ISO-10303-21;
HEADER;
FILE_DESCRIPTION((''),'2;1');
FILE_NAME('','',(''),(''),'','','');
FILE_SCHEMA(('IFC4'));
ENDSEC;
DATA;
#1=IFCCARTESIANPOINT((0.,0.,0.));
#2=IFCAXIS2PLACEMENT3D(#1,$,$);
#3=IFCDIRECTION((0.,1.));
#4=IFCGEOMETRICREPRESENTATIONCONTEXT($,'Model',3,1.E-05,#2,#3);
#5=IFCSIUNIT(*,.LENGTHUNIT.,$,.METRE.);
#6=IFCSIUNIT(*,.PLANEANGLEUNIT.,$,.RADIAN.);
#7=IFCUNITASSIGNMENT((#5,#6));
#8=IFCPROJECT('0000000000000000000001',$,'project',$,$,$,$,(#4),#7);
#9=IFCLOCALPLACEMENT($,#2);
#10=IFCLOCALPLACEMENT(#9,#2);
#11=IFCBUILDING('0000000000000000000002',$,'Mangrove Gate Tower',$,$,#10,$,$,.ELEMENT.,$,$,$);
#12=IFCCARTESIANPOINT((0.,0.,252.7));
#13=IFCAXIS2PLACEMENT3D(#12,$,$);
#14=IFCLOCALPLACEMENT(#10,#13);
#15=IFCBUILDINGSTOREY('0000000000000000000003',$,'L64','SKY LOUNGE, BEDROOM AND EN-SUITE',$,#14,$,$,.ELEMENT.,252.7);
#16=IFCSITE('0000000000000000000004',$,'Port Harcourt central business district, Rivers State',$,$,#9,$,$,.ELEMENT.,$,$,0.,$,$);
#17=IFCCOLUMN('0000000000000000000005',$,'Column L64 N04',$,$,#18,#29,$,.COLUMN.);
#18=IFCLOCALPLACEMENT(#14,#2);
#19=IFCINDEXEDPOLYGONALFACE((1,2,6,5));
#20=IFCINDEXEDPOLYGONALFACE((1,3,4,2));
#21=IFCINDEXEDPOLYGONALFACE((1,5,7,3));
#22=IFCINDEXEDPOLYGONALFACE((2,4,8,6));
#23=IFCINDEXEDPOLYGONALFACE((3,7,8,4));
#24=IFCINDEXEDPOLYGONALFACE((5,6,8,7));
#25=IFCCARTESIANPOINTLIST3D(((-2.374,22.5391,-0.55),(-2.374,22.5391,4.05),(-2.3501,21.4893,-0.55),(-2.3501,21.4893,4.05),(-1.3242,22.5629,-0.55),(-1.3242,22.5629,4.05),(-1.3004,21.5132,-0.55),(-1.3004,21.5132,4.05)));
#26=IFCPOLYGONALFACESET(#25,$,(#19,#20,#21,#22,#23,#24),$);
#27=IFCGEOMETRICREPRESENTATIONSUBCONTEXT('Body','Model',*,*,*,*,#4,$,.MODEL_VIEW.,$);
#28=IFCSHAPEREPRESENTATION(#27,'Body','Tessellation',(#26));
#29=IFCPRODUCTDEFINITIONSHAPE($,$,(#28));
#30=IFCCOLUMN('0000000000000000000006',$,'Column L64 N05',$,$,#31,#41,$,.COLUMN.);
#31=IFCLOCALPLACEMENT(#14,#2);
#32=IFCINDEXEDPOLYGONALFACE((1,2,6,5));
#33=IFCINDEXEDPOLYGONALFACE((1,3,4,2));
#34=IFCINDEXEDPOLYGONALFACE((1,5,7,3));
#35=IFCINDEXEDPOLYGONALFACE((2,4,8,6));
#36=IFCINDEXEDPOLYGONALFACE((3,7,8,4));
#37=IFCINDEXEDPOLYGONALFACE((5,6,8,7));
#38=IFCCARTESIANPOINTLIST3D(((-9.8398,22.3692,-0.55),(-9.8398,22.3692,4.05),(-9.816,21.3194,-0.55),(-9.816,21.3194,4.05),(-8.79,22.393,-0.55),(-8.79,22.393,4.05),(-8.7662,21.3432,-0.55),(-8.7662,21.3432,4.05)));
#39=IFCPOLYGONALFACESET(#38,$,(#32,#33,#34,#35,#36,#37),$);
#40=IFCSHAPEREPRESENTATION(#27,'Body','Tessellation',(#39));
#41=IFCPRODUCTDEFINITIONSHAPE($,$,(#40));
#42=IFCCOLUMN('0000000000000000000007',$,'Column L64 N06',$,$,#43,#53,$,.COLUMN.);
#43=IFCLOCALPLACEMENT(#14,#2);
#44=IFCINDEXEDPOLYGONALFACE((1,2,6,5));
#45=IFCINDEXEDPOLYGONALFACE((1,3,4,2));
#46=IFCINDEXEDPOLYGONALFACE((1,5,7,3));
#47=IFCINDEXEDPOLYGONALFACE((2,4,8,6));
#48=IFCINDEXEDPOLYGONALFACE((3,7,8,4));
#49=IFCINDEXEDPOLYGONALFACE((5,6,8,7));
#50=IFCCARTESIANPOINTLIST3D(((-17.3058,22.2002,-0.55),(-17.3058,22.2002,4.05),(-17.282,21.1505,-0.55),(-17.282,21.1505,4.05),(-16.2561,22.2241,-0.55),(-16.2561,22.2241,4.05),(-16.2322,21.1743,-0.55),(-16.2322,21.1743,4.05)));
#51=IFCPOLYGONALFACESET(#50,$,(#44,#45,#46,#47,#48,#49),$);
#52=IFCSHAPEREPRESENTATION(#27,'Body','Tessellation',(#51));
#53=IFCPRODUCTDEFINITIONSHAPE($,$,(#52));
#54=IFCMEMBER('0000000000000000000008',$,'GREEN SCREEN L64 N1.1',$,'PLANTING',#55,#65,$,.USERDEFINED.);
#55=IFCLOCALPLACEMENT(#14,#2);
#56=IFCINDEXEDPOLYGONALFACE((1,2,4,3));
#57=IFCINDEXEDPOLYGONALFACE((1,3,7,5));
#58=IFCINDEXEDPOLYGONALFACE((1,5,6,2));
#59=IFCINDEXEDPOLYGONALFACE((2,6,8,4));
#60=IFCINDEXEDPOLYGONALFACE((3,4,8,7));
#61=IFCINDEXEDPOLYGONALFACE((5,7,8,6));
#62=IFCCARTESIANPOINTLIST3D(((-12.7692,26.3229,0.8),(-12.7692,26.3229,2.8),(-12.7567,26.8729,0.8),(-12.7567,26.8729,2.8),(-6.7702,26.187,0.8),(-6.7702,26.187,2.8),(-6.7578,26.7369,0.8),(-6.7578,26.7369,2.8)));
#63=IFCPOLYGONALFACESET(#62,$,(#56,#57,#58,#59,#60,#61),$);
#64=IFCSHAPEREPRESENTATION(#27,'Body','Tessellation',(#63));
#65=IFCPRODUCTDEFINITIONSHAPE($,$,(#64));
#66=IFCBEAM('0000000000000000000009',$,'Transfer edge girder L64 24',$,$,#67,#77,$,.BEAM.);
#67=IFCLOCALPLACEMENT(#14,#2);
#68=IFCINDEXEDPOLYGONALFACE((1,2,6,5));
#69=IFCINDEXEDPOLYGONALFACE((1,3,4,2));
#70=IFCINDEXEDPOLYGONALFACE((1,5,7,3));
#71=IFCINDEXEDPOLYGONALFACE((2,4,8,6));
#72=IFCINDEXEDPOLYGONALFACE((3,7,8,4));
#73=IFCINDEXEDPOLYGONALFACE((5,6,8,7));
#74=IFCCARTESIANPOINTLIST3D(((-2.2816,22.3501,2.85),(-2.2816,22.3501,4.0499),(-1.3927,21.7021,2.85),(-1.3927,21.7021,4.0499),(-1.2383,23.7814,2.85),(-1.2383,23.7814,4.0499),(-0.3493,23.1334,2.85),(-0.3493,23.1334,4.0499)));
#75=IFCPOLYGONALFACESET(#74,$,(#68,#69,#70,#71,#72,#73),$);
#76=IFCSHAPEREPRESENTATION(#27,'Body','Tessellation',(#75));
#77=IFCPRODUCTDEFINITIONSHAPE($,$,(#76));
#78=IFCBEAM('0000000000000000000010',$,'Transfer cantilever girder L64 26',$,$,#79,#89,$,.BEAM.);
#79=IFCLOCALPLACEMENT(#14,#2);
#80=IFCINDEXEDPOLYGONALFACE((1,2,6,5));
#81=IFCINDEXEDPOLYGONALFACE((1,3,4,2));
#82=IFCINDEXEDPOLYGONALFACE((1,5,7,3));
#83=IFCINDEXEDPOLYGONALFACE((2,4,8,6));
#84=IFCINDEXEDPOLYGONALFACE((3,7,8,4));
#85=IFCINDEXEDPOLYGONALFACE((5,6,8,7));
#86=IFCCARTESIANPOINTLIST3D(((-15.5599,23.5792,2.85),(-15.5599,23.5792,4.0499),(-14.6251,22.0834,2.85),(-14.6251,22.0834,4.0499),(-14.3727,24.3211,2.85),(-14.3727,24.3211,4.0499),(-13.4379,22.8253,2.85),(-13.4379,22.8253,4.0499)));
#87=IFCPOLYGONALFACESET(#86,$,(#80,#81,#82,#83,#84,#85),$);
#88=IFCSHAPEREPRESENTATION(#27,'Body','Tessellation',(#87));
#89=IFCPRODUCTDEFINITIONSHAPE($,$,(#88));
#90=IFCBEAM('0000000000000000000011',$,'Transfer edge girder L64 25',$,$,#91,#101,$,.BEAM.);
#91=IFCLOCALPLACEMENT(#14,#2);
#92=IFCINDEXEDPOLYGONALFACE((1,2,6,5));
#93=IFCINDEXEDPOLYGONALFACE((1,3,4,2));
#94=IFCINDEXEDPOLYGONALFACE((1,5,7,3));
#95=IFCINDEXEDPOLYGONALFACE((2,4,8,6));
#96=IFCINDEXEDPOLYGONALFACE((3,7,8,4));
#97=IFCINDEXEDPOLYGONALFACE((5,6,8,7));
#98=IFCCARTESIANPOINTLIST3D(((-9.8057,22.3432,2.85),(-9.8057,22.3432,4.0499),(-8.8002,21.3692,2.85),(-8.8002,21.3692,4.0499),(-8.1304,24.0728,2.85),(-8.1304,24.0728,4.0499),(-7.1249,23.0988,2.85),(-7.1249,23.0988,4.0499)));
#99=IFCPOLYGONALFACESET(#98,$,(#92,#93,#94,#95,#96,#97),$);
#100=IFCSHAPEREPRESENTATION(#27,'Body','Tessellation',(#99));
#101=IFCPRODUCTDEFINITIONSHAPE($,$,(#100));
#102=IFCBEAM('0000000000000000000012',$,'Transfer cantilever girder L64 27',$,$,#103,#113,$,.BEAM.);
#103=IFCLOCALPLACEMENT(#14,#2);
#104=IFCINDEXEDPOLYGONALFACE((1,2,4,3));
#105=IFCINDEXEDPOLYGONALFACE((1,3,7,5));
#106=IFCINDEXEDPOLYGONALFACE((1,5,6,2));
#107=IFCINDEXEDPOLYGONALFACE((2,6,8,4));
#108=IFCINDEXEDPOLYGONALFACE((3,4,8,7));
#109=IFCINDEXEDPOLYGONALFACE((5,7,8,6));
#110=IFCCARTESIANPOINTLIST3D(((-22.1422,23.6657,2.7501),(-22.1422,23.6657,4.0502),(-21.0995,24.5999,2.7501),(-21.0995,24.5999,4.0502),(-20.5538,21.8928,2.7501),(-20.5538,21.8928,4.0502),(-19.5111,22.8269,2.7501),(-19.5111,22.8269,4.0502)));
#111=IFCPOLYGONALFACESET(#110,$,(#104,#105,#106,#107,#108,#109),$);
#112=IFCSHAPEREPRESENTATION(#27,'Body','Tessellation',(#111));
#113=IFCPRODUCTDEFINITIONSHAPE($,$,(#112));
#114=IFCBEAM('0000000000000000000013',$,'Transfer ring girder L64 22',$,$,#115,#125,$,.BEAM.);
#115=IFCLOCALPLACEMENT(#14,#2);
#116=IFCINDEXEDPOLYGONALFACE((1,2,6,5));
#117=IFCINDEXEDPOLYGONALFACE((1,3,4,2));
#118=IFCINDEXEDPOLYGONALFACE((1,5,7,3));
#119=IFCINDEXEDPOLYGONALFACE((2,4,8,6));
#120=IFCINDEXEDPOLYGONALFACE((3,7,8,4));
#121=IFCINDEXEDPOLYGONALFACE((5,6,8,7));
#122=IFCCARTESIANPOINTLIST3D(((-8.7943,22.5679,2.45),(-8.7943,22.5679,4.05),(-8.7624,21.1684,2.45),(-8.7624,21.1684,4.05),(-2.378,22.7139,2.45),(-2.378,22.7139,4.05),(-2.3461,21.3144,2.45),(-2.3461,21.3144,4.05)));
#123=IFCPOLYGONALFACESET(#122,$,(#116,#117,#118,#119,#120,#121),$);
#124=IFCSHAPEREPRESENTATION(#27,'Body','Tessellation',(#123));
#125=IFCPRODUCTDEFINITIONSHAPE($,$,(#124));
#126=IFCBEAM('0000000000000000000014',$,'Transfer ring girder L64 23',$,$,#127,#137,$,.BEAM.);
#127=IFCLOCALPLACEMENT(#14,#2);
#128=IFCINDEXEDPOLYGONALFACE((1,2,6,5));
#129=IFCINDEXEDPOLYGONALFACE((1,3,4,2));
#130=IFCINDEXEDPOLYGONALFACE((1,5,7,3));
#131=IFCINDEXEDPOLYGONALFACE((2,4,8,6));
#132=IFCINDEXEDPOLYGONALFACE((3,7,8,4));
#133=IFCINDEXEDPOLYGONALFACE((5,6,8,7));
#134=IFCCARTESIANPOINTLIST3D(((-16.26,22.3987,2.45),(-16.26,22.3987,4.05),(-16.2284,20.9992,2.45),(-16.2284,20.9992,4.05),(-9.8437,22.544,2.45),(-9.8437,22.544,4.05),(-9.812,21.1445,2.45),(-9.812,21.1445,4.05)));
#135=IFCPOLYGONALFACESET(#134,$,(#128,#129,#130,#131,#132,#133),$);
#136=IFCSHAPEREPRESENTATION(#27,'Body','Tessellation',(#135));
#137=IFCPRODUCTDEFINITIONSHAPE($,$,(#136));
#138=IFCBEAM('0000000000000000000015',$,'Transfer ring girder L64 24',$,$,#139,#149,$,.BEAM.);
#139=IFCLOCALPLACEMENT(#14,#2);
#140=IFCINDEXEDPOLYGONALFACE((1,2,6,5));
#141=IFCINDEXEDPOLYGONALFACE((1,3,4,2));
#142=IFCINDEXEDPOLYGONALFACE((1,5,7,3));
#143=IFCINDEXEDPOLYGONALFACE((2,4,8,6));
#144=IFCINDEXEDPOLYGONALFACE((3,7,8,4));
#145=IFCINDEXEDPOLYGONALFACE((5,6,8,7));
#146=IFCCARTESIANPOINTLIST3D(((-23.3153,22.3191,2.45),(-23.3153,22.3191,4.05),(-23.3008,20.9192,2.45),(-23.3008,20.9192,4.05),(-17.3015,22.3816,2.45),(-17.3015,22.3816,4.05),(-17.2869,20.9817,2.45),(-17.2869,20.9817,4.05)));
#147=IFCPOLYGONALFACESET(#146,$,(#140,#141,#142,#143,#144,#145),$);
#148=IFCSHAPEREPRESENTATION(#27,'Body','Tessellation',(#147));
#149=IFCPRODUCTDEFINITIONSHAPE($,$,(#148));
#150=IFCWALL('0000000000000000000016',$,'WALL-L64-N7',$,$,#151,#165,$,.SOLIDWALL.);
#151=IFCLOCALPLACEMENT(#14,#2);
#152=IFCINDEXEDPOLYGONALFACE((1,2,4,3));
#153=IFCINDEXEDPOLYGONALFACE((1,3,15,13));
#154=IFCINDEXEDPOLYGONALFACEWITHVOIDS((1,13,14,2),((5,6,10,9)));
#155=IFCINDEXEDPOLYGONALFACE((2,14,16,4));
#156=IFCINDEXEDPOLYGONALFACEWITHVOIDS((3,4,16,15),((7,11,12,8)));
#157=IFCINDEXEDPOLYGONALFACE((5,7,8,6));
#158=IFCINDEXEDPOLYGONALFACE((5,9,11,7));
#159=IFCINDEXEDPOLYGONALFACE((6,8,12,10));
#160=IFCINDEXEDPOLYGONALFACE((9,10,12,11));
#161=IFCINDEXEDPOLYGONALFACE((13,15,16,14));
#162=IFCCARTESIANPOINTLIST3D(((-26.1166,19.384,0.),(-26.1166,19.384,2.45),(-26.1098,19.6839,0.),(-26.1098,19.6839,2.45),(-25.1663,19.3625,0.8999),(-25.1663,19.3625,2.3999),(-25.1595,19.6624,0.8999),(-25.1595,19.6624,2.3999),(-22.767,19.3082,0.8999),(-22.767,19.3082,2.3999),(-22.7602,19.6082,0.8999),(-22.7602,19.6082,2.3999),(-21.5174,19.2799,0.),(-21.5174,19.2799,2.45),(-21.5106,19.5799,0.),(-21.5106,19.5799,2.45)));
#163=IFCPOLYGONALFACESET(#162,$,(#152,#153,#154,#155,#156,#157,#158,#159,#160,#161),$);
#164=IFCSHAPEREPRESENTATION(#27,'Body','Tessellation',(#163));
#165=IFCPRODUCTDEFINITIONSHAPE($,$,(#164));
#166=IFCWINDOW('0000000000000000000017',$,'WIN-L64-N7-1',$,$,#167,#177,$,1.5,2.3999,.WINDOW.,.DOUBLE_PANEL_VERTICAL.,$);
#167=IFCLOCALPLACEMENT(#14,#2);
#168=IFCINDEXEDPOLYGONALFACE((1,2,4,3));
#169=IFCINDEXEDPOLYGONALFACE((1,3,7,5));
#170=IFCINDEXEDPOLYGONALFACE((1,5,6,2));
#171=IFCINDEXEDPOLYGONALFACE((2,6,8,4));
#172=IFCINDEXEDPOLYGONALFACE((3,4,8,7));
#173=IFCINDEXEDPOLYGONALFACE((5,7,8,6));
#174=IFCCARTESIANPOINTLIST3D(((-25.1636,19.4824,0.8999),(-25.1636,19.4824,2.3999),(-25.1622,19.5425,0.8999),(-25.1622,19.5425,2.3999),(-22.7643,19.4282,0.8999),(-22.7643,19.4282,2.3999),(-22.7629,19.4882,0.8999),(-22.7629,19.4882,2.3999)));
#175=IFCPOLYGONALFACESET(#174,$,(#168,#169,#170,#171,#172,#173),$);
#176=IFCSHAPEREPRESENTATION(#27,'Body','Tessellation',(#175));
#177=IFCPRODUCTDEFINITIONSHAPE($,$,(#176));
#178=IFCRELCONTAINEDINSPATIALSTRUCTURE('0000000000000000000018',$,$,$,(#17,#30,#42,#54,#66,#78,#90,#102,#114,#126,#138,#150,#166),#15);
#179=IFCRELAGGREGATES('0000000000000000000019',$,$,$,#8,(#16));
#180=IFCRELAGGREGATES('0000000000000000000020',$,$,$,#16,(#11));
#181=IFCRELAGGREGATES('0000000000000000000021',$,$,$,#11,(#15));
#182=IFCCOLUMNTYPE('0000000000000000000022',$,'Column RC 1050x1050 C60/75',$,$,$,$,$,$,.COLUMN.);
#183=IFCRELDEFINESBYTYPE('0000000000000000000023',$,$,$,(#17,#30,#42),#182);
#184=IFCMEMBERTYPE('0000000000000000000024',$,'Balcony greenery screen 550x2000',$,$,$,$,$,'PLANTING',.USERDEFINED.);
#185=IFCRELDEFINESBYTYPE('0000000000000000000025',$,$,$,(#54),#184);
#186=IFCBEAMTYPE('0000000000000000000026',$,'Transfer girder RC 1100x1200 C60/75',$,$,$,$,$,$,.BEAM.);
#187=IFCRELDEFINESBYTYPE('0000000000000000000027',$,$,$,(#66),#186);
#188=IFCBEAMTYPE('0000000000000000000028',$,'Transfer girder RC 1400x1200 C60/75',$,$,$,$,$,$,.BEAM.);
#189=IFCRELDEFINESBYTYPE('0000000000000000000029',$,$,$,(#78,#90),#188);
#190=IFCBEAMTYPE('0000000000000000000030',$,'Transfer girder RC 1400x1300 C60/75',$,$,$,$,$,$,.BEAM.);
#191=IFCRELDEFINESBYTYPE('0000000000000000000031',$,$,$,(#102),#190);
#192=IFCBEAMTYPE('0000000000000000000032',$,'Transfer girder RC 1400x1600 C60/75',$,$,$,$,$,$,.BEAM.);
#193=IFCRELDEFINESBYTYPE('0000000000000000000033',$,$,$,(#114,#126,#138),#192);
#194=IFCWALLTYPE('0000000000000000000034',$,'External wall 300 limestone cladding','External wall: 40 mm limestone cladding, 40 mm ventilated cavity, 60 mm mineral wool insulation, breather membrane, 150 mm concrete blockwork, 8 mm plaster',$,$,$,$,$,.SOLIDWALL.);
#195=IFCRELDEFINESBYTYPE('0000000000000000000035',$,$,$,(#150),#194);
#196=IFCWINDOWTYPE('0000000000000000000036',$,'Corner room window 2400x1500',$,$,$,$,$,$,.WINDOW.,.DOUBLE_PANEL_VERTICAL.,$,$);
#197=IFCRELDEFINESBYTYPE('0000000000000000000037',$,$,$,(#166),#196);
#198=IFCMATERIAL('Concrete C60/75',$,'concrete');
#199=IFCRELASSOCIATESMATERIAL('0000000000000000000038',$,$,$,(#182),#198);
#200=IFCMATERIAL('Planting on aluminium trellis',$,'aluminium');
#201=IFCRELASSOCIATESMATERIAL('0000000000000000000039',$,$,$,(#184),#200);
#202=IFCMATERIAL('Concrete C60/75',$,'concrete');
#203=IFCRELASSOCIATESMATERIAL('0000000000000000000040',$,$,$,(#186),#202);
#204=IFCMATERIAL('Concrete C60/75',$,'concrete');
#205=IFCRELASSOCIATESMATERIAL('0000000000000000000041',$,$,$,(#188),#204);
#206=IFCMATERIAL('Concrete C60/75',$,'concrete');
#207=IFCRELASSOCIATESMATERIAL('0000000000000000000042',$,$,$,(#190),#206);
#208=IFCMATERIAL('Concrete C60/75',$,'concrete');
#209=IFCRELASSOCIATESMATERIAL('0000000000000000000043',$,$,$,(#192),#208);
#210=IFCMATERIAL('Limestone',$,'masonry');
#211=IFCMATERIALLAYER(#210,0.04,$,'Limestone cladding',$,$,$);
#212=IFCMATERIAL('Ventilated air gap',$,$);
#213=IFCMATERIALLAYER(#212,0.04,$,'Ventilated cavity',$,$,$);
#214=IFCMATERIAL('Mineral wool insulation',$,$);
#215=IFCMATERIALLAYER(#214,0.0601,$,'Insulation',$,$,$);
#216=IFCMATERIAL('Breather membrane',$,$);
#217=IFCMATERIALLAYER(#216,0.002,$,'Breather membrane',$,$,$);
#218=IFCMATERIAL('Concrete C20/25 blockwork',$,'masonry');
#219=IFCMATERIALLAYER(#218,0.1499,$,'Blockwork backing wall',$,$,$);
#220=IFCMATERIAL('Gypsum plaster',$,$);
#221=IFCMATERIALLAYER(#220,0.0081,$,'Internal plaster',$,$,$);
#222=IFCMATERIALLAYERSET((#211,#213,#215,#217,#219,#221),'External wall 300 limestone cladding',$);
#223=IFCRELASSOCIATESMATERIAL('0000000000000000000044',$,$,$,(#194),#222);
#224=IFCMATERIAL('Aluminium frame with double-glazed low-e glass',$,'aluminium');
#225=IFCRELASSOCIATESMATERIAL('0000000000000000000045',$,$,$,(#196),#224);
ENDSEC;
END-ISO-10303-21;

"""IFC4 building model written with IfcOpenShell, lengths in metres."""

from ifc_helpers import new_model, si_unit, direction, frame, frame_2d, origin, origin_2d, place, context, subcontext, project, spatial, rectangle, extrude, material, layer, layer_set, material_profile, profile_set, type_object, element, fill, save


model = new_model("IFC4")

# Units and contexts
model_context = context("Model", 3, precision=1e-05, world=origin(), true_north=direction((0.0, 1.0)))
body_context = subcontext(model_context, "Body", "Model", "MODEL_VIEW")
ifc_project = project(units=[si_unit("LENGTHUNIT", "METRE"), si_unit("PLANEANGLEUNIT", "RADIAN")], contexts=[model_context])

# Site, building, storey
site_placement = place(None, origin())
site = spatial("IfcSite", under=ifc_project, at=site_placement, Name="Port Harcourt central business district, Rivers State", CompositionType="ELEMENT", RefElevation=0.0)
building_placement = place(site_placement, origin())
building = spatial("IfcBuilding", under=site, at=building_placement, Name="Mangrove Gate Tower", CompositionType="ELEMENT")
storey_placement = place(building_placement, frame((0.0, 0.0, 252.7)))
storey = spatial("IfcBuildingStorey", under=building, at=storey_placement, Name="L64", Description="SKY LOUNGE, BEDROOM AND EN-SUITE", CompositionType="ELEMENT", Elevation=252.7)

# Columns
ifc_material_1 = material(Name="Concrete C60/75", Category="concrete")
ifc_material_profile_1 = material_profile(ifc_material_1, rectangle(XDim=1.05, YDim=1.05, at=origin_2d()))
ifc_profile_set_1 = profile_set([ifc_material_profile_1], Name="Concrete C60/75")
column_type = type_object("IfcColumnType", Name="Column RC 1050x1050 C60/75", PredefinedType="COLUMN", material=ifc_profile_set_1)
for number, where, z_axis, x_axis, name in (
    (1, (-1.8372, 22.0261, -0.55), (0.0, 0.0, 1.0), (-0.999742, -0.022697, 0.0), "Column L64 N04"),
    (2, (-9.303, 21.8562, -0.55), (0.0, 0.0, 1.0), (-0.999742, -0.022697, 0.0), "Column L64 N05"),
    (3, (-16.769, 21.6873, -0.55), (0.0, 0.0, 1.0), (-0.999742, -0.022697, 0.0), "Column L64 N06"),
):
    element("IfcColumn", number, at=place(storey_placement, frame(where, z_axis=z_axis, x_axis=x_axis)), inside=storey, type_object=column_type, Name=name, PredefinedType="COLUMN", context=body_context, shape_type="SweptSolid", body=[
        extrude(rectangle(XDim=1.05, YDim=1.05, at=origin_2d()), origin(), (0.0, 0.0, 1.0), 4.6001),
    ])

# Member
ifc_material_2 = material(Name="Planting on aluminium trellis", Category="aluminium")
ifc_material_profile_2 = material_profile(ifc_material_2, rectangle(XDim=0.55, YDim=2.0, at=origin_2d()))
ifc_profile_set_2 = profile_set([ifc_material_profile_2], Name="Planting on aluminium trellis")
member_type = type_object("IfcMemberType", Name="Balcony greenery screen 550x2000", ElementType="PLANTING", PredefinedType="USERDEFINED", material=ifc_profile_set_2)
member_placement = place(storey_placement, frame((-12.7629, 26.5979, 1.8), z_axis=(0.999743, -0.022662, 0.0), x_axis=(0.022662, 0.999743, 0.0)))
element("IfcMember", 4, at=member_placement, inside=storey, type_object=member_type, Name="GREEN SCREEN L64 N1.1", ObjectType="PLANTING", PredefinedType="USERDEFINED", context=body_context, shape_type="SweptSolid", body=[
    extrude(rectangle(XDim=0.55, YDim=2.0, at=origin_2d()), origin(), (0.0, 0.0, 1.0), 6.0005),
])

# Beams
ifc_material_3 = material(Name="Concrete C60/75", Category="concrete")
ifc_material_profile_3 = material_profile(ifc_material_3, rectangle(XDim=1.1001, YDim=1.2, at=origin_2d()))
ifc_profile_set_3 = profile_set([ifc_material_profile_3], Name="Concrete C60/75")
beam_type_1 = type_object("IfcBeamType", Name="Transfer girder RC 1100x1200 C60/75", PredefinedType="BEAM", material=ifc_profile_set_3)
beam_1_placement = place(storey_placement, frame((-1.8372, 22.0261, 3.45), z_axis=(0.589073, 0.80808, 0.0), x_axis=(-0.80808, 0.589073, 0.0)))
element("IfcBeam", 5, at=beam_1_placement, inside=storey, type_object=beam_type_1, Name="Transfer edge girder L64 24", PredefinedType="BEAM", context=body_context, shape_type="SweptSolid", body=[
    extrude(rectangle(XDim=1.1001, YDim=1.2, at=origin_2d()), origin(), (0.0, 0.0, 1.0), 1.7712),
])
ifc_material_4 = material(Name="Concrete C60/75", Category="concrete")
ifc_material_profile_4 = material_profile(ifc_material_4, rectangle(XDim=1.3999, YDim=1.2, at=origin_2d()))
ifc_profile_set_4 = profile_set([ifc_material_profile_4], Name="Concrete C60/75")
beam_type_2 = type_object("IfcBeamType", Name="Transfer girder RC 1400x1200 C60/75", PredefinedType="BEAM", material=ifc_profile_set_4)
beam_2_placement = place(storey_placement, frame((-14.0315, 22.4543, 3.45), z_axis=(-0.529962, 0.848022, 0.0), x_axis=(-0.848022, -0.529962, 0.0)))
element("IfcBeam", 6, at=beam_2_placement, inside=storey, type_object=beam_type_2, Name="Transfer cantilever girder L64 26", PredefinedType="BEAM", context=body_context, shape_type="SweptSolid", body=[
    extrude(rectangle(XDim=1.3999, YDim=1.2, at=origin_2d()), origin(), (0.0, 0.0, 1.0), 1.7639),
])
beam_3_placement = place(storey_placement, frame((-9.303, 21.8562, 3.45), z_axis=(0.695763, 0.718272, 0.0), x_axis=(-0.718272, 0.695763, 0.0)))
element("IfcBeam", 7, at=beam_3_placement, inside=storey, type_object=beam_type_2, Name="Transfer edge girder L64 25", PredefinedType="BEAM", context=body_context, shape_type="SweptSolid", body=[
    extrude(rectangle(XDim=1.3999, YDim=1.2, at=origin_2d()), origin(), (0.0, 0.0, 1.0), 2.408),
])
ifc_material_5 = material(Name="Concrete C60/75", Category="concrete")
ifc_material_profile_5 = material_profile(ifc_material_5, rectangle(XDim=1.3999, YDim=1.3, at=origin_2d()))
ifc_profile_set_5 = profile_set([ifc_material_profile_5], Name="Concrete C60/75")
beam_type_3 = type_object("IfcBeamType", Name="Transfer girder RC 1400x1300 C60/75", PredefinedType="BEAM", material=ifc_profile_set_5)
beam_4_placement = place(storey_placement, frame((-20.0325, 22.3599, 3.4001), z_axis=(-0.667274, 0.744812, 0.0), x_axis=(-0.744812, -0.667274, 0.0)))
element("IfcBeam", 8, at=beam_4_placement, inside=storey, type_object=beam_type_3, Name="Transfer cantilever girder L64 27", PredefinedType="BEAM", context=body_context, shape_type="SweptSolid", body=[
    extrude(rectangle(XDim=1.3999, YDim=1.3, at=origin_2d()), origin(), (0.0, 0.0, 1.0), 2.3804),
])
ifc_material_6 = material(Name="Concrete C60/75", Category="concrete")
ifc_material_profile_6 = material_profile(ifc_material_6, rectangle(XDim=1.3999, YDim=1.6001, at=origin_2d()))
ifc_profile_set_6 = profile_set([ifc_material_profile_6], Name="Concrete C60/75")
beam_type_4 = type_object("IfcBeamType", Name="Transfer girder RC 1400x1600 C60/75", PredefinedType="BEAM", material=ifc_profile_set_6)
for number, where, z_axis, x_axis, name in (
    (9, (-2.3621, 22.0142, 3.25), (-0.999741, -0.022748, 0.0), (0.022748, -0.999741, 0.0), "Transfer ring girder L64 22"),
    (10, (-9.8279, 21.8442, 3.25), (-0.999744, -0.022634, 0.0), (0.022634, -0.999744, 0.0), "Transfer ring girder L64 23"),
):
    element("IfcBeam", number, at=place(storey_placement, frame(where, z_axis=z_axis, x_axis=x_axis)), inside=storey, type_object=beam_type_4, Name=name, PredefinedType="BEAM", context=body_context, shape_type="SweptSolid", body=[
        extrude(rectangle(XDim=1.3999, YDim=1.6001, at=origin_2d()), origin(), (0.0, 0.0, 1.0), 6.418),
    ])
beam_5_placement = place(storey_placement, frame((-17.2942, 21.6816, 3.25), z_axis=(-0.999946, -0.010392, 0.0), x_axis=(0.010392, -0.999946, 0.0)))
element("IfcBeam", 11, at=beam_5_placement, inside=storey, type_object=beam_type_4, Name="Transfer ring girder L64 24", PredefinedType="BEAM", context=body_context, shape_type="SweptSolid", body=[
    extrude(rectangle(XDim=1.3999, YDim=1.6001, at=origin_2d()), origin(), (0.0, 0.0, 1.0), 6.0142),
])

# Shared definitions
ifc_material_7 = material(Name="Limestone", Category="masonry")
ifc_layer_1 = layer(ifc_material_7, 0.04, Name="Limestone cladding")
ifc_material_8 = material(Name="Ventilated air gap")
ifc_layer_2 = layer(ifc_material_8, 0.04, Name="Ventilated cavity")
ifc_material_9 = material(Name="Mineral wool insulation")
ifc_layer_3 = layer(ifc_material_9, 0.0601, Name="Insulation")
ifc_material_10 = material(Name="Breather membrane")
ifc_layer_4 = layer(ifc_material_10, 0.002, Name="Breather membrane")
ifc_material_11 = material(Name="Concrete C20/25 blockwork", Category="masonry")
ifc_layer_5 = layer(ifc_material_11, 0.1499, Name="Blockwork backing wall")
ifc_material_12 = material(Name="Gypsum plaster")
ifc_layer_6 = layer(ifc_material_12, 0.0081, Name="Internal plaster")
ifc_layer_set_1 = layer_set([ifc_layer_1, ifc_layer_2, ifc_layer_3, ifc_layer_4, ifc_layer_5, ifc_layer_6], Name="External wall 300 limestone cladding")
wall_type_1 = type_object("IfcWallType", Name="External wall 300 limestone cladding", Description="External wall: 40 mm limestone cladding, 40 mm ventilated cavity, 60 mm mineral wool insulation, breather membrane, 150 mm concrete blockwork, 8 mm plaster", PredefinedType="SOLIDWALL", material=ifc_layer_set_1)

# Wall, opening, window
wall_1_placement = place(storey_placement, frame((-21.5139, 19.4299, 0.0), z_axis=(0.0, 0.0, 1.0), x_axis=(-0.999744, 0.022608, 0.0)))
wall_1 = element("IfcWall", 12, at=wall_1_placement, inside=storey, type_object=wall_type_1, Name="WALL-L64-N7", PredefinedType="SOLIDWALL", context=body_context, shape_type="SweptSolid", body=[
    extrude(rectangle(XDim=4.6003, YDim=0.3, at=frame_2d((2.3003, 0.0))), origin(), (0.0, 0.0, 1.0), 2.45),
])
opening_1_placement = place(wall_1_placement, frame((1.25, 0.0, 0.8999)))
opening_1 = element("IfcOpeningElement", 13, at=opening_1_placement, cuts=wall_1, PredefinedType="OPENING", context=body_context, shape_type="SweptSolid", body=[
    extrude(rectangle(XDim=2.3999, YDim=1.5, at=frame_2d((1.2, 0.75))), frame((0.0, 0.1599, 0.0), z_axis=(0.0, -1.0, 0.0), x_axis=(1.0, 0.0, 0.0)), (0.0, 0.0, 1.0), 0.3201),
])
ifc_material_13 = material(Name="Aluminium frame with double-glazed low-e glass", Category="aluminium")
window_type = type_object("IfcWindowType", Name="Corner room window 2400x1500", PartitioningType="DOUBLE_PANEL_VERTICAL", PredefinedType="WINDOW", material=ifc_material_13)
window_placement = place(opening_1_placement, origin())
window = element("IfcWindow", 14, at=window_placement, inside=storey, type_object=window_type, Name="WIN-L64-N7-1", OverallHeight=1.5, OverallWidth=2.3999, PartitioningType="DOUBLE_PANEL_VERTICAL", PredefinedType="WINDOW", context=body_context, shape_type="SweptSolid", body=[
    extrude(rectangle(XDim=2.3999, YDim=1.5, at=frame_2d((1.2, 0.75))), frame((0.0, 0.03, 0.0), z_axis=(0.0, -1.0, 0.0), x_axis=(1.0, 0.0, 0.0)), (0.0, 0.0, 1.0), 0.0601),
])
fill(opening_1, window)

save(model, "model.ifc")
